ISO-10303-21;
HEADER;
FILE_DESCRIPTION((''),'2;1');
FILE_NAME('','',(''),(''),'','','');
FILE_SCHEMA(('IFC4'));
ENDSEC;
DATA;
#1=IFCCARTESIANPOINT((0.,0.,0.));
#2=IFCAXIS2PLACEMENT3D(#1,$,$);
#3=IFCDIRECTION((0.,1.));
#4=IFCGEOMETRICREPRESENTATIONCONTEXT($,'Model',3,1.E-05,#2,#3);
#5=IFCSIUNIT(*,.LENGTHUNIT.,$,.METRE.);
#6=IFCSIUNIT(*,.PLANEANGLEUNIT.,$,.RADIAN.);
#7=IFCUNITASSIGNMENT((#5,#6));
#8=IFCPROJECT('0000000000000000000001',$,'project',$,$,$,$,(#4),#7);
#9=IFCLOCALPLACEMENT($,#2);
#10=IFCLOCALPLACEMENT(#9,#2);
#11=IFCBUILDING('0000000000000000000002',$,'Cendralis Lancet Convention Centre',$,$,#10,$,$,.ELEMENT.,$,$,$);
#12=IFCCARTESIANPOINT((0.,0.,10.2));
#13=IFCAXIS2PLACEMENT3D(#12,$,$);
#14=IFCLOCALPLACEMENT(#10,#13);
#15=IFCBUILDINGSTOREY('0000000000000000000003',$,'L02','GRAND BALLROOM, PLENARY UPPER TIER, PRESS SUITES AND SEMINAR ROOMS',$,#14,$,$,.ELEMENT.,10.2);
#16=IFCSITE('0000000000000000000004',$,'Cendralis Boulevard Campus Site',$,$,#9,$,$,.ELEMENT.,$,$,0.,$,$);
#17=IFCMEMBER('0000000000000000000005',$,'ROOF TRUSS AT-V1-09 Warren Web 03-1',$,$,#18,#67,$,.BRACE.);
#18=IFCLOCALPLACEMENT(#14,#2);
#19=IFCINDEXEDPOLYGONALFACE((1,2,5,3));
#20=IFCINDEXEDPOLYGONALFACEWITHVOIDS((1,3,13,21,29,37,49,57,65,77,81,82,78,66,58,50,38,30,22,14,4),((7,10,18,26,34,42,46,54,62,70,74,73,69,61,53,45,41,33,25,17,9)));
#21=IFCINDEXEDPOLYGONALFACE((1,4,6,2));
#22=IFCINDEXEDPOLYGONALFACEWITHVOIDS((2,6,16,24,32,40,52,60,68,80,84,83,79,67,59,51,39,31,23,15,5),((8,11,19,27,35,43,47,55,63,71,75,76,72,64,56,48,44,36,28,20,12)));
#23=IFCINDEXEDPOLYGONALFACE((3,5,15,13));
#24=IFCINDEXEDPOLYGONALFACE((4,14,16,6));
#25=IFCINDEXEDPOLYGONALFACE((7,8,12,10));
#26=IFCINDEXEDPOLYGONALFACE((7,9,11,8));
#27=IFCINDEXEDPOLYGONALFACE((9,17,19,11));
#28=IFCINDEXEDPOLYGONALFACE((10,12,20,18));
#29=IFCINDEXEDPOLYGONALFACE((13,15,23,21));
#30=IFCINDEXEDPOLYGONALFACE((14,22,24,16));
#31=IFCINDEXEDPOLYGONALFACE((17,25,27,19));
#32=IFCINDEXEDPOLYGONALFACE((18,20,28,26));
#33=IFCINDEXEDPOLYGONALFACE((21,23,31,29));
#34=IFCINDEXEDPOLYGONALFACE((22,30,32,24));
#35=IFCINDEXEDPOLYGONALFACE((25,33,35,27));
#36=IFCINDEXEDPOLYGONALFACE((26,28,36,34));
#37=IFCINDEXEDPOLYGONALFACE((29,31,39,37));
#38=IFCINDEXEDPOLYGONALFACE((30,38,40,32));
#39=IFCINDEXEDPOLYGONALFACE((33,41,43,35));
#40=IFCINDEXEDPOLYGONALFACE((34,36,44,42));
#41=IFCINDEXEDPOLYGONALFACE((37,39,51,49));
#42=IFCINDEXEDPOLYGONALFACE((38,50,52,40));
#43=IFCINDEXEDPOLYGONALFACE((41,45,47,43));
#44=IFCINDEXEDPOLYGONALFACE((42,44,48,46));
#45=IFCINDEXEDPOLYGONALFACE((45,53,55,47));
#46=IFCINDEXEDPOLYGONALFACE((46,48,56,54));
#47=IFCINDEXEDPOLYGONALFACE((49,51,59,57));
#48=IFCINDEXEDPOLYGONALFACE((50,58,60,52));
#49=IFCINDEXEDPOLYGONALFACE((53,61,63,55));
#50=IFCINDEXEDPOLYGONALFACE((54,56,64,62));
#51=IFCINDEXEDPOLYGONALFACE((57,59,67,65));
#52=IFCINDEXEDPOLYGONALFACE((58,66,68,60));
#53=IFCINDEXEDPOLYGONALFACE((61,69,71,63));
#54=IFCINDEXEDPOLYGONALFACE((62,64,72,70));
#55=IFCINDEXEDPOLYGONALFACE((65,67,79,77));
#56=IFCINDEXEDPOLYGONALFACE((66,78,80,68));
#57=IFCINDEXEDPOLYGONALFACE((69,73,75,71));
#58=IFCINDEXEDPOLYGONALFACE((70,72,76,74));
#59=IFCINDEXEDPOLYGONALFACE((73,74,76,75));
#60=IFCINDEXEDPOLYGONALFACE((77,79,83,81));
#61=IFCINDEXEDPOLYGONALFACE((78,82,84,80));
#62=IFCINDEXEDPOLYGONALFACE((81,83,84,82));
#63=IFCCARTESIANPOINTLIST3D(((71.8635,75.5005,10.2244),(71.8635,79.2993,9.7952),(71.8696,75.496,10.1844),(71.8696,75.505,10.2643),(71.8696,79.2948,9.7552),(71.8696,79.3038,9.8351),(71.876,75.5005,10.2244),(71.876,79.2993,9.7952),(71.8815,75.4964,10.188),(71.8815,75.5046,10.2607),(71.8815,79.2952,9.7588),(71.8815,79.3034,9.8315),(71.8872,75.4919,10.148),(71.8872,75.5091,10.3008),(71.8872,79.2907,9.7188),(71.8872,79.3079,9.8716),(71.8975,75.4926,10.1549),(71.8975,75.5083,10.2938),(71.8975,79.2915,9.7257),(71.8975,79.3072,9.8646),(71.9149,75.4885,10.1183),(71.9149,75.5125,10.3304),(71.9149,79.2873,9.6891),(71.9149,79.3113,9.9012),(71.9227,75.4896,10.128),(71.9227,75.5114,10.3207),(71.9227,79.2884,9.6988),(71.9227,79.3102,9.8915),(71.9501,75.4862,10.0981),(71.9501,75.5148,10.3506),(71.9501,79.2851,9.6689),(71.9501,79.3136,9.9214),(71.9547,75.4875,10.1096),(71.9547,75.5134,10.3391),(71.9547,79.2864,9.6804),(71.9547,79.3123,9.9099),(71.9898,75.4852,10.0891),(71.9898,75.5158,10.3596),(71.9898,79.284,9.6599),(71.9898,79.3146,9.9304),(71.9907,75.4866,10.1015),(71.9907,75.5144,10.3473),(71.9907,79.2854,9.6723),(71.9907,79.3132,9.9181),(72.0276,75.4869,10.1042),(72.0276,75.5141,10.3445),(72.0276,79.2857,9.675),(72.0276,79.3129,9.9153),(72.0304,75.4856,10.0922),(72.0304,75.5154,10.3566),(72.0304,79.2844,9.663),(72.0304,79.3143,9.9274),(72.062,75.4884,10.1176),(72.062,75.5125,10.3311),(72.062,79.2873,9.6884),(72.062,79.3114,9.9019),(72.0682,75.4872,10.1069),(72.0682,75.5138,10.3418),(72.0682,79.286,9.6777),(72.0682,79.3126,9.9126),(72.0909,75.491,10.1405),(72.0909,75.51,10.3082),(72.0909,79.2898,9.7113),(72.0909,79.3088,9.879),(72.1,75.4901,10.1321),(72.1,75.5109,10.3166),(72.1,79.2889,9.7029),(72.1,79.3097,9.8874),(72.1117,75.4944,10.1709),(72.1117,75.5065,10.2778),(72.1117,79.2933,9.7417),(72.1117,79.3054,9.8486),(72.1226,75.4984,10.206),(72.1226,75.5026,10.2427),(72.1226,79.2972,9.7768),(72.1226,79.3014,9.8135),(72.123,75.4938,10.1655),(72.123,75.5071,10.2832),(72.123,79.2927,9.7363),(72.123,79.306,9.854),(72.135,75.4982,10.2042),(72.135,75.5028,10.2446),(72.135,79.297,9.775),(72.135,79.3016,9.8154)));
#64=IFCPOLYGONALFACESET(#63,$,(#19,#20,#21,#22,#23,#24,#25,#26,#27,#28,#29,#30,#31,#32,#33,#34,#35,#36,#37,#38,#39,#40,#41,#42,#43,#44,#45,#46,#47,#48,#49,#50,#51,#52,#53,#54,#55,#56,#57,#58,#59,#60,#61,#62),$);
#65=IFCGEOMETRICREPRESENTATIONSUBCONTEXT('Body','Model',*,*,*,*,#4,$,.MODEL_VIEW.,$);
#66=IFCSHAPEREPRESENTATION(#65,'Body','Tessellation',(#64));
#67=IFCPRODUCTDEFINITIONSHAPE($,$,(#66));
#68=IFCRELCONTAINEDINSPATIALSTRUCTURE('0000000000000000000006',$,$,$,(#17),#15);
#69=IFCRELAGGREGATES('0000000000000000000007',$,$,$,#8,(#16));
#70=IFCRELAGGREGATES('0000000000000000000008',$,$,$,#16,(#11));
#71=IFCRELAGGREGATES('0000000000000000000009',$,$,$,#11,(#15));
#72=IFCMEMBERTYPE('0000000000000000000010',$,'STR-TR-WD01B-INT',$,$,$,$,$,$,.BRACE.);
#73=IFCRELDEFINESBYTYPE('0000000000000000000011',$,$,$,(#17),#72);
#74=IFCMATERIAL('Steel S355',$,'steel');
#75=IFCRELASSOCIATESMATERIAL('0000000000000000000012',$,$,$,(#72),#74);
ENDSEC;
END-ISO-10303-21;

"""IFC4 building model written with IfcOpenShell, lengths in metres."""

from ifc_helpers import new_model, si_unit, direction, frame, origin, origin_2d, place, context, subcontext, project, spatial, hollow_circle, extrude, material, material_profile, profile_set, type_object, element, save


model = new_model("IFC4")

# Units and contexts
model_context = context("Model", 3, precision=1e-05, world=origin(), true_north=direction((0.0, 1.0)))
body_context = subcontext(model_context, "Body", "Model", "MODEL_VIEW")
ifc_project = project(units=[si_unit("LENGTHUNIT", "METRE"), si_unit("PLANEANGLEUNIT", "RADIAN")], contexts=[model_context])

# Site, building, storey
site_placement = place(None, origin())
site = spatial("IfcSite", under=ifc_project, at=site_placement, Name="Cendralis Boulevard Campus Site", CompositionType="ELEMENT", RefElevation=0.0)
building_placement = place(site_placement, origin())
building = spatial("IfcBuilding", under=site, at=building_placement, Name="Cendralis Lancet Convention Centre", CompositionType="ELEMENT")
storey_placement = place(building_placement, frame((0.0, 0.0, 10.2)))
storey = spatial("IfcBuildingStorey", under=building, at=storey_placement, Name="L02", Description="GRAND BALLROOM, PLENARY UPPER TIER, PRESS SUITES AND SEMINAR ROOMS", CompositionType="ELEMENT", Elevation=10.2)

# Member
ifc_material = material(Name="Steel S355", Category="steel")
ifc_material_profile_1 = material_profile(ifc_material, hollow_circle(Radius=0.1365, WallThickness=0.0125, at=origin_2d()), Name="CHS 273.0x12.5")
ifc_profile_set_1 = profile_set([ifc_material_profile_1], Name="Steel S355")
member_type_1 = type_object("IfcMemberType", Name="STR-TR-WD01B-INT", PredefinedType="BRACE", material=ifc_profile_set_1)
member_1_placement = place(storey_placement, frame((72.0, 75.5005, 10.2244), z_axis=(0.0, 0.993678, -0.112268), x_axis=(-1.0, 0.0, 0.0)))
element("IfcMember", 1, at=member_1_placement, inside=storey, type_object=member_type_1, Name="ROOF TRUSS AT-V1-09 Warren Web 03-1", PredefinedType="BRACE", context=body_context, shape_type="SweptSolid", body=[
    extrude(hollow_circle(Radius=0.1365, WallThickness=0.0125, at=origin_2d()), origin(), (0.0, 0.0, 1.0), 3.823),
])

save(model, "model.ifc")
